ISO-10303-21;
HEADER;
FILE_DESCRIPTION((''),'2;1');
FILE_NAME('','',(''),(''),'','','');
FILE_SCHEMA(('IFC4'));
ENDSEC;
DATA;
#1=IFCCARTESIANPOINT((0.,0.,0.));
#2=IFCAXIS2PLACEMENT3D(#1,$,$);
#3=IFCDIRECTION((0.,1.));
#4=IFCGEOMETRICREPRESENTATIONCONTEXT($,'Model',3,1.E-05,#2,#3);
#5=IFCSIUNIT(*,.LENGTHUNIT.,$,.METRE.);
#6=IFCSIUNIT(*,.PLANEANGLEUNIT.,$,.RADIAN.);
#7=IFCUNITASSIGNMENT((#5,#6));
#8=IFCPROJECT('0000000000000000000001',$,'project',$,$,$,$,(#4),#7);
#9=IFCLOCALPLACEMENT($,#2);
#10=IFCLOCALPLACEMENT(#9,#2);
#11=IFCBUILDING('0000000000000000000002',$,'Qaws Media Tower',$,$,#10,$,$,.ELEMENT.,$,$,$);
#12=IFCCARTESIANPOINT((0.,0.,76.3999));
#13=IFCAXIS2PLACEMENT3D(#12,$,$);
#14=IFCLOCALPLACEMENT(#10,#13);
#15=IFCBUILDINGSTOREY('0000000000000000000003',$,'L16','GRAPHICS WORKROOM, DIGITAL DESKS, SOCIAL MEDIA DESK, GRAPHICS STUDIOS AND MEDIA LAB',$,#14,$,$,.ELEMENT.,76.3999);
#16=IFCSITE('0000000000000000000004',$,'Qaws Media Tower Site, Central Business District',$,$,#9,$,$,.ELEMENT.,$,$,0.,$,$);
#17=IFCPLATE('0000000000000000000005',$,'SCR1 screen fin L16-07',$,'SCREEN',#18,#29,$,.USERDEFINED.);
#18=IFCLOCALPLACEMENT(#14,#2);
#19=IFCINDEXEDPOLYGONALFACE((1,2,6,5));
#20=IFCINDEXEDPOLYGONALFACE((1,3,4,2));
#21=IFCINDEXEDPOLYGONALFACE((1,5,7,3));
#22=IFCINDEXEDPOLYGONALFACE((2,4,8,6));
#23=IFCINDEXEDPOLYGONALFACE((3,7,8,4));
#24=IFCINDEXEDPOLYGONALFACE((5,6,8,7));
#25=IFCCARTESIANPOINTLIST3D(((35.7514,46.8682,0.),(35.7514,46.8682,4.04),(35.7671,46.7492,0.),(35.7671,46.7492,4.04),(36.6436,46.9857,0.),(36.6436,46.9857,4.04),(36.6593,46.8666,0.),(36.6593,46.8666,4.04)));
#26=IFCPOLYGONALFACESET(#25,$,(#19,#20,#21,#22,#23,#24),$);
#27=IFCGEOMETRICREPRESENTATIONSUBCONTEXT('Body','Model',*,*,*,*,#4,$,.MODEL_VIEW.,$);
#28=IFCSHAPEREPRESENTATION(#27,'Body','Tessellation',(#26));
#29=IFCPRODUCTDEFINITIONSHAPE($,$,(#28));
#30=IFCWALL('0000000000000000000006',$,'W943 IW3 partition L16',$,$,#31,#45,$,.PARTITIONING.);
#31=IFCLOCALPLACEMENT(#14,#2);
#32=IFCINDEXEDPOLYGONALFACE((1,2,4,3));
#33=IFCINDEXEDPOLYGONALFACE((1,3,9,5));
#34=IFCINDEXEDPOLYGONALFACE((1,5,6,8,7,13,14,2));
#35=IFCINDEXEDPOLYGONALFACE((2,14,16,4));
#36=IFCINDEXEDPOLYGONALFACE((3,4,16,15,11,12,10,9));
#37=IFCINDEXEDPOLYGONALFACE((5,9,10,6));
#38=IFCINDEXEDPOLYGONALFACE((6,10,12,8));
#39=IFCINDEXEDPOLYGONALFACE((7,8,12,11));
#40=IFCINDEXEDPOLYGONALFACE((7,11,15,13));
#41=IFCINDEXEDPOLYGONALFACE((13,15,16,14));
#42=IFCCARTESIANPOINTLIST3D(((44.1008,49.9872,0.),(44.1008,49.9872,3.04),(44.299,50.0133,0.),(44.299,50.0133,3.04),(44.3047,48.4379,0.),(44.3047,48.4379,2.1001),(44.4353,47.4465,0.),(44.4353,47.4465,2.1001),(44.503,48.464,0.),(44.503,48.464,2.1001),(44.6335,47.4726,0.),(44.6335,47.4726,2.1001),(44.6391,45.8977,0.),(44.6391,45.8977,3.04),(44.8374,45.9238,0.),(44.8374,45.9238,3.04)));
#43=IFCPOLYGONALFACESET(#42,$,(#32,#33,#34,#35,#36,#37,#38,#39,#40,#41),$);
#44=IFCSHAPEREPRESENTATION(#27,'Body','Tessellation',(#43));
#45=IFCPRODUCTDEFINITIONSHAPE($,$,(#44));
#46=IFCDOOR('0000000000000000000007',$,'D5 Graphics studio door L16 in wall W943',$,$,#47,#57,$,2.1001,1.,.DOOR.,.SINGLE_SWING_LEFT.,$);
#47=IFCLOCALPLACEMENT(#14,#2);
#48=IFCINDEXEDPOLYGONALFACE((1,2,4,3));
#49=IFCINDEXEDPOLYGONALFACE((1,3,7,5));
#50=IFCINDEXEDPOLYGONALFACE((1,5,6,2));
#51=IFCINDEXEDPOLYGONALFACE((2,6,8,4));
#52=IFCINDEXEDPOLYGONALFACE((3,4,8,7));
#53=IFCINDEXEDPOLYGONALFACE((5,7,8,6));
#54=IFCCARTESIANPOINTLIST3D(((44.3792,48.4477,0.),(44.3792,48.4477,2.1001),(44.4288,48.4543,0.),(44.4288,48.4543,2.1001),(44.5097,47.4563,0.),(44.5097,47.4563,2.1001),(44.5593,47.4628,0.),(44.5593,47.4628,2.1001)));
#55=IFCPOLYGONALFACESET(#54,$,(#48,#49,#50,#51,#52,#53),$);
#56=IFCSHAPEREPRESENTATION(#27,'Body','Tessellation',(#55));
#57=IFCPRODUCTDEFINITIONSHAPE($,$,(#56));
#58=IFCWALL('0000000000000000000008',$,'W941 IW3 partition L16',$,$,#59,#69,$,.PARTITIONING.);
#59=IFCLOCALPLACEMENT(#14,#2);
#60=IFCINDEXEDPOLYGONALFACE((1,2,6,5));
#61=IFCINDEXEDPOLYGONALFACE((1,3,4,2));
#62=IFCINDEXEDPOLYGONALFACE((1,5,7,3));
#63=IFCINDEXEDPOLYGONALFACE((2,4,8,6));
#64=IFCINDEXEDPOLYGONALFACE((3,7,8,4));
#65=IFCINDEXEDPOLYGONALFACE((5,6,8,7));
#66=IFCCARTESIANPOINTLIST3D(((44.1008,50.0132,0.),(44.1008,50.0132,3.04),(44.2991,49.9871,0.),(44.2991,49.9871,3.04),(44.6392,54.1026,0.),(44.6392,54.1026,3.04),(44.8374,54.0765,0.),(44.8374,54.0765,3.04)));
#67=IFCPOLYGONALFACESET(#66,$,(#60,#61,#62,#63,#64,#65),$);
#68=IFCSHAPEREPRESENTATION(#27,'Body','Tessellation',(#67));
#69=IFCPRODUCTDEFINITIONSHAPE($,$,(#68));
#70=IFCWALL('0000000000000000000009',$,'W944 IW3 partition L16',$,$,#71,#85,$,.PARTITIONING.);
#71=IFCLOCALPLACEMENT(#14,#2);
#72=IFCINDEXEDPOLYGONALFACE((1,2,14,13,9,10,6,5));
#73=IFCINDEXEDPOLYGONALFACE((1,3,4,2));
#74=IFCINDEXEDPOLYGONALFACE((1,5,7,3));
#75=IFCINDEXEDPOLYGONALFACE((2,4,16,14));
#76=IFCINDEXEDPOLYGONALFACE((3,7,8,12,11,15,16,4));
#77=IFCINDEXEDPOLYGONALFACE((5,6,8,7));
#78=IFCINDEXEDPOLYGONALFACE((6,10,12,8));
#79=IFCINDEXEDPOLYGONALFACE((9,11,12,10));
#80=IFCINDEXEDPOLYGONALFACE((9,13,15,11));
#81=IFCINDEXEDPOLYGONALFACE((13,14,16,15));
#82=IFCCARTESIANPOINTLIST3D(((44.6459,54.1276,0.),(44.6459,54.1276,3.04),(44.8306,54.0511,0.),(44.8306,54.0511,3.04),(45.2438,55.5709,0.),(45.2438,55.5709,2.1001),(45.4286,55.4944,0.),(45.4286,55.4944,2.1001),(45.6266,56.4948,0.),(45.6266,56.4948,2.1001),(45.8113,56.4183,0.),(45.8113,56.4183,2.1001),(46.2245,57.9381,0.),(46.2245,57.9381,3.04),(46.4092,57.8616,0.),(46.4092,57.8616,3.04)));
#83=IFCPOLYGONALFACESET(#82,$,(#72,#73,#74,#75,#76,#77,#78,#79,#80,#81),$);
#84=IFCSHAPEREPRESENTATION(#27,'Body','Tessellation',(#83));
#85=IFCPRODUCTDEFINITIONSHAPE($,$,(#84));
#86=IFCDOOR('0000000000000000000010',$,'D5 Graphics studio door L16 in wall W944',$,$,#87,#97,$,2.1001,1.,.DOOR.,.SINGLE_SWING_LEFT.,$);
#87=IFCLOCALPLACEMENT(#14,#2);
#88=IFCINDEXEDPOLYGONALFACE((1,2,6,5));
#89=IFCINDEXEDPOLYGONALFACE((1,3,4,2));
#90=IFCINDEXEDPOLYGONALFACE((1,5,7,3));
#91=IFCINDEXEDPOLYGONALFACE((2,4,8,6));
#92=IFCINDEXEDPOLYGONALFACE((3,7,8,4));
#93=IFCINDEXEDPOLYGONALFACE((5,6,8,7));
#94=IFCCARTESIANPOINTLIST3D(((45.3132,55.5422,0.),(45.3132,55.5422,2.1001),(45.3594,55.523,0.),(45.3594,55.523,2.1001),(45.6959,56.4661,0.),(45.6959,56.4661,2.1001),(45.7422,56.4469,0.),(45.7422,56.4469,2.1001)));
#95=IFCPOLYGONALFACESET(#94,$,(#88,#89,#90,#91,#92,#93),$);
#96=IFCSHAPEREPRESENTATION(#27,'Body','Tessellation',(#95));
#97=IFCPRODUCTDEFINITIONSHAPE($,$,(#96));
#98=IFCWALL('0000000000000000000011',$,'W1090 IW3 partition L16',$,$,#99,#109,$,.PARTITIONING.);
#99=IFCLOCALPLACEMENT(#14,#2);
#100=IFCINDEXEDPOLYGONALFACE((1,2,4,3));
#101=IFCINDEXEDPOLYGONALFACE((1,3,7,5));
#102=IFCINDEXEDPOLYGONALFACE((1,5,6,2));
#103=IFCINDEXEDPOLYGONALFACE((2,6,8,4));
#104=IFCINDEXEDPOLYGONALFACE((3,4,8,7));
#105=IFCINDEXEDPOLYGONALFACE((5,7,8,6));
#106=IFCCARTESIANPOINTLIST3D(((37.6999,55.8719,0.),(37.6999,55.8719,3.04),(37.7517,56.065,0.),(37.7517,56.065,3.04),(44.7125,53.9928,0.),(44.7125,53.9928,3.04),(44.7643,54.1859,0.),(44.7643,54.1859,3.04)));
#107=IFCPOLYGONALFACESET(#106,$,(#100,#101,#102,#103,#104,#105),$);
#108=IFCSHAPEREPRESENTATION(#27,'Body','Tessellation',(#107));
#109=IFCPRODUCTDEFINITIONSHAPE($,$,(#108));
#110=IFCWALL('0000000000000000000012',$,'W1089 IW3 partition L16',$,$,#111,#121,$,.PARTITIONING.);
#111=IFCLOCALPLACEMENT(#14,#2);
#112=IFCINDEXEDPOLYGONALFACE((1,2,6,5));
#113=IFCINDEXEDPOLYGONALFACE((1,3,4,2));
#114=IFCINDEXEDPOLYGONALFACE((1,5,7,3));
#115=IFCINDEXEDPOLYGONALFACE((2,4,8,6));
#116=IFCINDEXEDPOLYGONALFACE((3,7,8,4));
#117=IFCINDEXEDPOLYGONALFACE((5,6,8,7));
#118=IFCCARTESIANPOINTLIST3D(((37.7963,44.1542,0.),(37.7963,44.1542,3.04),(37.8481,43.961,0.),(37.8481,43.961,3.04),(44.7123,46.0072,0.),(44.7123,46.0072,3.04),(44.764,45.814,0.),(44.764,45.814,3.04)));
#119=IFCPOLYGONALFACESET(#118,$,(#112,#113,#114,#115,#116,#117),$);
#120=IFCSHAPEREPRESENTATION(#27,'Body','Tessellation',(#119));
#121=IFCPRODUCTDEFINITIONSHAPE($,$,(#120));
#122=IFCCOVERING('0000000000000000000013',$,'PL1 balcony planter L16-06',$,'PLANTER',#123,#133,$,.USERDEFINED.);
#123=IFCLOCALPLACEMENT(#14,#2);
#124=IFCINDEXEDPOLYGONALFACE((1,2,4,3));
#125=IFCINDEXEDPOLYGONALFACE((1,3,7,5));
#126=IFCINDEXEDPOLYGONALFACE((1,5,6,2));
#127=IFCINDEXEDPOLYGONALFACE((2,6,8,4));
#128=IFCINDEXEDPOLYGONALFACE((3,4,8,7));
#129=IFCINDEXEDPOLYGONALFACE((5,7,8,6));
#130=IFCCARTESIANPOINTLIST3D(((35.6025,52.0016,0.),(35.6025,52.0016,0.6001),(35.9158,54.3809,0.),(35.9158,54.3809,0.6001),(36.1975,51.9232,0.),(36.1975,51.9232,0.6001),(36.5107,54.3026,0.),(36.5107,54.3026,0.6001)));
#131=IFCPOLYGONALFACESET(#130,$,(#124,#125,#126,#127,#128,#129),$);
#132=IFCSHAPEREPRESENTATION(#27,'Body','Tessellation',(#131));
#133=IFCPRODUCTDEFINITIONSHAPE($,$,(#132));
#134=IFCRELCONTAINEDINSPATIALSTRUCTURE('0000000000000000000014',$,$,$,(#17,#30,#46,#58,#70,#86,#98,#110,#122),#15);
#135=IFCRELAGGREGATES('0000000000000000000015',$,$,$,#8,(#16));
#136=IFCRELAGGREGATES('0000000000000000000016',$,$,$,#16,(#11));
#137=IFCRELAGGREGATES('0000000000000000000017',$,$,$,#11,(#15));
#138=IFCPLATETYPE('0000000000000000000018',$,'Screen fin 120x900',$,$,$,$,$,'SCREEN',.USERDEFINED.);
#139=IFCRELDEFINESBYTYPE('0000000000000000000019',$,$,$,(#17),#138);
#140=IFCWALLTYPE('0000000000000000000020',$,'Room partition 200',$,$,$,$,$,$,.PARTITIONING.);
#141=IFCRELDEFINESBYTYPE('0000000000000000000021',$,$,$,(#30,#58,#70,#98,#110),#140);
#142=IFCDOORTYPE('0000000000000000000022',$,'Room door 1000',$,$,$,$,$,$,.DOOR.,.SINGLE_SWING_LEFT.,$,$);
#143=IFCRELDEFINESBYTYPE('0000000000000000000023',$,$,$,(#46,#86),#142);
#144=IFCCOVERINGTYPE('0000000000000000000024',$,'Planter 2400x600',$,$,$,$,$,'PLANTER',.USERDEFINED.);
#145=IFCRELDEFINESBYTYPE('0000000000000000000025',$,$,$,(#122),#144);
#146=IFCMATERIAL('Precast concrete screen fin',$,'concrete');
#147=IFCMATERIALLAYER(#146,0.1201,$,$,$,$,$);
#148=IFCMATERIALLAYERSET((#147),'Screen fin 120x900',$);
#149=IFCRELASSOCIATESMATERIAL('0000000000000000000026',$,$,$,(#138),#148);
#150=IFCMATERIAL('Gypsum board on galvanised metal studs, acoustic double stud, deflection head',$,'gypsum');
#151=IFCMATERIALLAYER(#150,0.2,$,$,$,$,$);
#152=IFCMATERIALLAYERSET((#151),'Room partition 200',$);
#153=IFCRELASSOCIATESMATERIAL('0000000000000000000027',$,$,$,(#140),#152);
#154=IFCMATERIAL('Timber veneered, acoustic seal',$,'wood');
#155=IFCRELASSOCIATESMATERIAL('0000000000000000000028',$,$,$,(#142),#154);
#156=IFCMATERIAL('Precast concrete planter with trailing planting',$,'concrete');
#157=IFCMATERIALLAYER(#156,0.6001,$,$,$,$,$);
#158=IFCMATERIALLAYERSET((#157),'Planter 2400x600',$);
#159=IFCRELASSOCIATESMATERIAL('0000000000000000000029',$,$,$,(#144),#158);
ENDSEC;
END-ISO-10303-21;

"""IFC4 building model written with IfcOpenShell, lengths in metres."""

from ifc_helpers import new_model, si_unit, direction, frame, frame_2d, origin, origin_2d, place, context, subcontext, project, spatial, rectangle, extrude, material, layer, layer_set, type_object, element, fill, save


model = new_model("IFC4")

# Units and contexts
model_context = context("Model", 3, precision=1e-05, world=origin(), true_north=direction((0.0, 1.0)))
body_context = subcontext(model_context, "Body", "Model", "MODEL_VIEW")
ifc_project = project(units=[si_unit("LENGTHUNIT", "METRE"), si_unit("PLANEANGLEUNIT", "RADIAN")], contexts=[model_context])

# Site, building, storey
site_placement = place(None, origin())
site = spatial("IfcSite", under=ifc_project, at=site_placement, Name="Qaws Media Tower Site, Central Business District", CompositionType="ELEMENT", RefElevation=0.0)
building_placement = place(site_placement, origin())
building = spatial("IfcBuilding", under=site, at=building_placement, Name="Qaws Media Tower", CompositionType="ELEMENT")
storey_placement = place(building_placement, frame((0.0, 0.0, 76.3999)))
storey = spatial("IfcBuildingStorey", under=building, at=storey_placement, Name="L16", Description="GRAPHICS WORKROOM, DIGITAL DESKS, SOCIAL MEDIA DESK, GRAPHICS STUDIOS AND MEDIA LAB", CompositionType="ELEMENT", Elevation=76.3999)

# Plate
ifc_material_1 = material(Name="Precast concrete screen fin", Category="concrete")
ifc_layer_1 = layer(ifc_material_1, 0.1201)
ifc_layer_set_1 = layer_set([ifc_layer_1], Name="Screen fin 120x900")
plate_type_1 = type_object("IfcPlateType", Name="Screen fin 120x900", ElementType="SCREEN", PredefinedType="USERDEFINED", material=ifc_layer_set_1)
plate_1_placement = place(storey_placement, frame((36.2053, 46.8674, 0.0), z_axis=(0.0, 0.0, 1.0), x_axis=(-0.991445, -0.130526, 0.0)))
element("IfcPlate", 1, at=plate_1_placement, inside=storey, type_object=plate_type_1, Name="SCR1 screen fin L16-07", ObjectType="SCREEN", PredefinedType="USERDEFINED", context=body_context, shape_type="SweptSolid", body=[
    extrude(rectangle(XDim=0.8999, YDim=0.1201, at=origin_2d()), origin(), (0.0, 0.0, 1.0), 4.04),
])

# Wall, opening, door
ifc_material_2 = material(Name="Gypsum board on galvanised metal studs, acoustic double stud, deflection head", Category="gypsum")
ifc_layer_2 = layer(ifc_material_2, 0.2)
ifc_layer_set_2 = layer_set([ifc_layer_2], Name="Room partition 200")
wall_type_1 = type_object("IfcWallType", Name="Room partition 200", PredefinedType="PARTITIONING", material=ifc_layer_set_2)
wall_1_placement = place(storey_placement, frame((44.7383, 45.9106, 0.0), z_axis=(0.0, 0.0, 1.0), x_axis=(-0.130516, 0.991446, 0.0)))
wall_1 = element("IfcWall", 2, at=wall_1_placement, inside=storey, type_object=wall_type_1, Name="W943 IW3 partition L16", PredefinedType="PARTITIONING", context=body_context, shape_type="SweptSolid", body=[
    extrude(rectangle(XDim=4.1248, YDim=0.2, at=frame_2d((2.0625, 0.0))), origin(), (0.0, 0.0, 1.0), 3.04),
])
opening_1_placement = place(wall_1_placement, frame((1.5623, 0.0, 0.0)))
opening_1 = element("IfcOpeningElement", 3, at=opening_1_placement, cuts=wall_1, PredefinedType="OPENING", context=body_context, shape_type="SweptSolid", body=[
    extrude(rectangle(XDim=1.0, YDim=2.1001, at=frame_2d((0.5, 1.05))), frame((0.0, 0.1099, 0.0), z_axis=(0.0, -1.0, 0.0), x_axis=(1.0, 0.0, 0.0)), (0.0, 0.0, 1.0), 0.22),
])
ifc_material_3 = material(Name="Timber veneered, acoustic seal", Category="wood")
door_type_1 = type_object("IfcDoorType", Name="Room door 1000", OperationType="SINGLE_SWING_LEFT", PredefinedType="DOOR", material=ifc_material_3)
door_1_placement = place(opening_1_placement, origin())
door_1 = element("IfcDoor", 4, at=door_1_placement, inside=storey, type_object=door_type_1, Name="D5 Graphics studio door L16 in wall W943", OperationType="SINGLE_SWING_LEFT", OverallHeight=2.1001, OverallWidth=1.0, PredefinedType="DOOR", context=body_context, shape_type="SweptSolid", body=[
    extrude(rectangle(XDim=1.0, YDim=2.1001, at=frame_2d((0.5, 1.05))), frame((0.0, 0.0249, 0.0), z_axis=(0.0, -1.0, 0.0), x_axis=(1.0, 0.0, 0.0)), (0.0, 0.0, 1.0), 0.05),
])
fill(opening_1, door_1)

# Wall
wall_2_placement = place(storey_placement, frame((44.2, 50.0, 0.0), z_axis=(0.0, 0.0, 1.0), x_axis=(0.130516, 0.991446, 0.0)))
element("IfcWall", 5, at=wall_2_placement, inside=storey, type_object=wall_type_1, Name="W941 IW3 partition L16", PredefinedType="PARTITIONING", context=body_context, shape_type="SweptSolid", body=[
    extrude(rectangle(XDim=4.1248, YDim=0.2, at=frame_2d((2.0625, 0.0))), origin(), (0.0, 0.0, 1.0), 3.04),
])

# Wall, opening, door
wall_3_placement = place(storey_placement, frame((44.7383, 54.0894, 0.0), z_axis=(0.0, 0.0, 1.0), x_axis=(0.382732, 0.92386, 0.0)))
wall_3 = element("IfcWall", 6, at=wall_3_placement, inside=storey, type_object=wall_type_1, Name="W944 IW3 partition L16", PredefinedType="PARTITIONING", context=body_context, shape_type="SweptSolid", body=[
    extrude(rectangle(XDim=4.1245, YDim=0.2, at=frame_2d((2.0623, 0.0))), origin(), (0.0, 0.0, 1.0), 3.04),
])
opening_2_placement = place(wall_3_placement, frame((1.5623, 0.0, 0.0)))
opening_2 = element("IfcOpeningElement", 7, at=opening_2_placement, cuts=wall_3, PredefinedType="OPENING", context=body_context, shape_type="SweptSolid", body=[
    extrude(rectangle(XDim=1.0, YDim=2.1001, at=frame_2d((0.5, 1.05))), frame((0.0, 0.1099, 0.0), z_axis=(0.0, -1.0, 0.0), x_axis=(1.0, 0.0, 0.0)), (0.0, 0.0, 1.0), 0.22),
])
door_2_placement = place(opening_2_placement, origin())
door_2 = element("IfcDoor", 8, at=door_2_placement, inside=storey, type_object=door_type_1, Name="D5 Graphics studio door L16 in wall W944", OperationType="SINGLE_SWING_LEFT", OverallHeight=2.1001, OverallWidth=1.0, PredefinedType="DOOR", context=body_context, shape_type="SweptSolid", body=[
    extrude(rectangle(XDim=1.0, YDim=2.1001, at=frame_2d((0.5, 1.05))), frame((0.0, 0.0249, 0.0), z_axis=(0.0, -1.0, 0.0), x_axis=(1.0, 0.0, 0.0)), (0.0, 0.0, 1.0), 0.05),
])
fill(opening_2, door_2)

# Walls
wall_4_placement = place(storey_placement, frame((44.7383, 54.0894, 0.0), z_axis=(0.0, 0.0, 1.0), x_axis=(-0.965922, 0.258832, 0.0)))
element("IfcWall", 9, at=wall_4_placement, inside=storey, type_object=wall_type_1, Name="W1090 IW3 partition L16", PredefinedType="PARTITIONING", context=body_context, shape_type="SweptSolid", body=[
    extrude(rectangle(XDim=7.26, YDim=0.2, at=frame_2d((3.6299, 0.0))), origin(), (0.0, 0.0, 1.0), 3.04),
])
wall_5_placement = place(storey_placement, frame((44.7383, 45.9106, 0.0), z_axis=(0.0, 0.0, 1.0), x_axis=(-0.96593, -0.258804, 0.0)))
element("IfcWall", 10, at=wall_5_placement, inside=storey, type_object=wall_type_1, Name="W1089 IW3 partition L16", PredefinedType="PARTITIONING", context=body_context, shape_type="SweptSolid", body=[
    extrude(rectangle(XDim=7.1599, YDim=0.2, at=frame_2d((3.5801, 0.0))), origin(), (0.0, 0.0, 1.0), 3.04),
])

# Covering
ifc_material_4 = material(Name="Precast concrete planter with trailing planting", Category="concrete")
ifc_layer_3 = layer(ifc_material_4, 0.6001)
ifc_layer_set_3 = layer_set([ifc_layer_3], Name="Planter 2400x600")
covering_type = type_object("IfcCoveringType", Name="Planter 2400x600", ElementType="PLANTER", PredefinedType="USERDEFINED", material=ifc_layer_set_3)
covering_placement = place(storey_placement, frame((36.0566, 53.1521, 0.0), z_axis=(0.0, 0.0, 1.0), x_axis=(-0.130526, -0.991445, 0.0)))
element("IfcCovering", 11, at=covering_placement, inside=storey, type_object=covering_type, Name="PL1 balcony planter L16-06", ObjectType="PLANTER", PredefinedType="USERDEFINED", context=body_context, shape_type="SweptSolid", body=[
    extrude(rectangle(XDim=2.3999, YDim=0.6001, at=origin_2d()), origin(), (0.0, 0.0, 1.0), 0.6001),
])

save(model, "model.ifc")
